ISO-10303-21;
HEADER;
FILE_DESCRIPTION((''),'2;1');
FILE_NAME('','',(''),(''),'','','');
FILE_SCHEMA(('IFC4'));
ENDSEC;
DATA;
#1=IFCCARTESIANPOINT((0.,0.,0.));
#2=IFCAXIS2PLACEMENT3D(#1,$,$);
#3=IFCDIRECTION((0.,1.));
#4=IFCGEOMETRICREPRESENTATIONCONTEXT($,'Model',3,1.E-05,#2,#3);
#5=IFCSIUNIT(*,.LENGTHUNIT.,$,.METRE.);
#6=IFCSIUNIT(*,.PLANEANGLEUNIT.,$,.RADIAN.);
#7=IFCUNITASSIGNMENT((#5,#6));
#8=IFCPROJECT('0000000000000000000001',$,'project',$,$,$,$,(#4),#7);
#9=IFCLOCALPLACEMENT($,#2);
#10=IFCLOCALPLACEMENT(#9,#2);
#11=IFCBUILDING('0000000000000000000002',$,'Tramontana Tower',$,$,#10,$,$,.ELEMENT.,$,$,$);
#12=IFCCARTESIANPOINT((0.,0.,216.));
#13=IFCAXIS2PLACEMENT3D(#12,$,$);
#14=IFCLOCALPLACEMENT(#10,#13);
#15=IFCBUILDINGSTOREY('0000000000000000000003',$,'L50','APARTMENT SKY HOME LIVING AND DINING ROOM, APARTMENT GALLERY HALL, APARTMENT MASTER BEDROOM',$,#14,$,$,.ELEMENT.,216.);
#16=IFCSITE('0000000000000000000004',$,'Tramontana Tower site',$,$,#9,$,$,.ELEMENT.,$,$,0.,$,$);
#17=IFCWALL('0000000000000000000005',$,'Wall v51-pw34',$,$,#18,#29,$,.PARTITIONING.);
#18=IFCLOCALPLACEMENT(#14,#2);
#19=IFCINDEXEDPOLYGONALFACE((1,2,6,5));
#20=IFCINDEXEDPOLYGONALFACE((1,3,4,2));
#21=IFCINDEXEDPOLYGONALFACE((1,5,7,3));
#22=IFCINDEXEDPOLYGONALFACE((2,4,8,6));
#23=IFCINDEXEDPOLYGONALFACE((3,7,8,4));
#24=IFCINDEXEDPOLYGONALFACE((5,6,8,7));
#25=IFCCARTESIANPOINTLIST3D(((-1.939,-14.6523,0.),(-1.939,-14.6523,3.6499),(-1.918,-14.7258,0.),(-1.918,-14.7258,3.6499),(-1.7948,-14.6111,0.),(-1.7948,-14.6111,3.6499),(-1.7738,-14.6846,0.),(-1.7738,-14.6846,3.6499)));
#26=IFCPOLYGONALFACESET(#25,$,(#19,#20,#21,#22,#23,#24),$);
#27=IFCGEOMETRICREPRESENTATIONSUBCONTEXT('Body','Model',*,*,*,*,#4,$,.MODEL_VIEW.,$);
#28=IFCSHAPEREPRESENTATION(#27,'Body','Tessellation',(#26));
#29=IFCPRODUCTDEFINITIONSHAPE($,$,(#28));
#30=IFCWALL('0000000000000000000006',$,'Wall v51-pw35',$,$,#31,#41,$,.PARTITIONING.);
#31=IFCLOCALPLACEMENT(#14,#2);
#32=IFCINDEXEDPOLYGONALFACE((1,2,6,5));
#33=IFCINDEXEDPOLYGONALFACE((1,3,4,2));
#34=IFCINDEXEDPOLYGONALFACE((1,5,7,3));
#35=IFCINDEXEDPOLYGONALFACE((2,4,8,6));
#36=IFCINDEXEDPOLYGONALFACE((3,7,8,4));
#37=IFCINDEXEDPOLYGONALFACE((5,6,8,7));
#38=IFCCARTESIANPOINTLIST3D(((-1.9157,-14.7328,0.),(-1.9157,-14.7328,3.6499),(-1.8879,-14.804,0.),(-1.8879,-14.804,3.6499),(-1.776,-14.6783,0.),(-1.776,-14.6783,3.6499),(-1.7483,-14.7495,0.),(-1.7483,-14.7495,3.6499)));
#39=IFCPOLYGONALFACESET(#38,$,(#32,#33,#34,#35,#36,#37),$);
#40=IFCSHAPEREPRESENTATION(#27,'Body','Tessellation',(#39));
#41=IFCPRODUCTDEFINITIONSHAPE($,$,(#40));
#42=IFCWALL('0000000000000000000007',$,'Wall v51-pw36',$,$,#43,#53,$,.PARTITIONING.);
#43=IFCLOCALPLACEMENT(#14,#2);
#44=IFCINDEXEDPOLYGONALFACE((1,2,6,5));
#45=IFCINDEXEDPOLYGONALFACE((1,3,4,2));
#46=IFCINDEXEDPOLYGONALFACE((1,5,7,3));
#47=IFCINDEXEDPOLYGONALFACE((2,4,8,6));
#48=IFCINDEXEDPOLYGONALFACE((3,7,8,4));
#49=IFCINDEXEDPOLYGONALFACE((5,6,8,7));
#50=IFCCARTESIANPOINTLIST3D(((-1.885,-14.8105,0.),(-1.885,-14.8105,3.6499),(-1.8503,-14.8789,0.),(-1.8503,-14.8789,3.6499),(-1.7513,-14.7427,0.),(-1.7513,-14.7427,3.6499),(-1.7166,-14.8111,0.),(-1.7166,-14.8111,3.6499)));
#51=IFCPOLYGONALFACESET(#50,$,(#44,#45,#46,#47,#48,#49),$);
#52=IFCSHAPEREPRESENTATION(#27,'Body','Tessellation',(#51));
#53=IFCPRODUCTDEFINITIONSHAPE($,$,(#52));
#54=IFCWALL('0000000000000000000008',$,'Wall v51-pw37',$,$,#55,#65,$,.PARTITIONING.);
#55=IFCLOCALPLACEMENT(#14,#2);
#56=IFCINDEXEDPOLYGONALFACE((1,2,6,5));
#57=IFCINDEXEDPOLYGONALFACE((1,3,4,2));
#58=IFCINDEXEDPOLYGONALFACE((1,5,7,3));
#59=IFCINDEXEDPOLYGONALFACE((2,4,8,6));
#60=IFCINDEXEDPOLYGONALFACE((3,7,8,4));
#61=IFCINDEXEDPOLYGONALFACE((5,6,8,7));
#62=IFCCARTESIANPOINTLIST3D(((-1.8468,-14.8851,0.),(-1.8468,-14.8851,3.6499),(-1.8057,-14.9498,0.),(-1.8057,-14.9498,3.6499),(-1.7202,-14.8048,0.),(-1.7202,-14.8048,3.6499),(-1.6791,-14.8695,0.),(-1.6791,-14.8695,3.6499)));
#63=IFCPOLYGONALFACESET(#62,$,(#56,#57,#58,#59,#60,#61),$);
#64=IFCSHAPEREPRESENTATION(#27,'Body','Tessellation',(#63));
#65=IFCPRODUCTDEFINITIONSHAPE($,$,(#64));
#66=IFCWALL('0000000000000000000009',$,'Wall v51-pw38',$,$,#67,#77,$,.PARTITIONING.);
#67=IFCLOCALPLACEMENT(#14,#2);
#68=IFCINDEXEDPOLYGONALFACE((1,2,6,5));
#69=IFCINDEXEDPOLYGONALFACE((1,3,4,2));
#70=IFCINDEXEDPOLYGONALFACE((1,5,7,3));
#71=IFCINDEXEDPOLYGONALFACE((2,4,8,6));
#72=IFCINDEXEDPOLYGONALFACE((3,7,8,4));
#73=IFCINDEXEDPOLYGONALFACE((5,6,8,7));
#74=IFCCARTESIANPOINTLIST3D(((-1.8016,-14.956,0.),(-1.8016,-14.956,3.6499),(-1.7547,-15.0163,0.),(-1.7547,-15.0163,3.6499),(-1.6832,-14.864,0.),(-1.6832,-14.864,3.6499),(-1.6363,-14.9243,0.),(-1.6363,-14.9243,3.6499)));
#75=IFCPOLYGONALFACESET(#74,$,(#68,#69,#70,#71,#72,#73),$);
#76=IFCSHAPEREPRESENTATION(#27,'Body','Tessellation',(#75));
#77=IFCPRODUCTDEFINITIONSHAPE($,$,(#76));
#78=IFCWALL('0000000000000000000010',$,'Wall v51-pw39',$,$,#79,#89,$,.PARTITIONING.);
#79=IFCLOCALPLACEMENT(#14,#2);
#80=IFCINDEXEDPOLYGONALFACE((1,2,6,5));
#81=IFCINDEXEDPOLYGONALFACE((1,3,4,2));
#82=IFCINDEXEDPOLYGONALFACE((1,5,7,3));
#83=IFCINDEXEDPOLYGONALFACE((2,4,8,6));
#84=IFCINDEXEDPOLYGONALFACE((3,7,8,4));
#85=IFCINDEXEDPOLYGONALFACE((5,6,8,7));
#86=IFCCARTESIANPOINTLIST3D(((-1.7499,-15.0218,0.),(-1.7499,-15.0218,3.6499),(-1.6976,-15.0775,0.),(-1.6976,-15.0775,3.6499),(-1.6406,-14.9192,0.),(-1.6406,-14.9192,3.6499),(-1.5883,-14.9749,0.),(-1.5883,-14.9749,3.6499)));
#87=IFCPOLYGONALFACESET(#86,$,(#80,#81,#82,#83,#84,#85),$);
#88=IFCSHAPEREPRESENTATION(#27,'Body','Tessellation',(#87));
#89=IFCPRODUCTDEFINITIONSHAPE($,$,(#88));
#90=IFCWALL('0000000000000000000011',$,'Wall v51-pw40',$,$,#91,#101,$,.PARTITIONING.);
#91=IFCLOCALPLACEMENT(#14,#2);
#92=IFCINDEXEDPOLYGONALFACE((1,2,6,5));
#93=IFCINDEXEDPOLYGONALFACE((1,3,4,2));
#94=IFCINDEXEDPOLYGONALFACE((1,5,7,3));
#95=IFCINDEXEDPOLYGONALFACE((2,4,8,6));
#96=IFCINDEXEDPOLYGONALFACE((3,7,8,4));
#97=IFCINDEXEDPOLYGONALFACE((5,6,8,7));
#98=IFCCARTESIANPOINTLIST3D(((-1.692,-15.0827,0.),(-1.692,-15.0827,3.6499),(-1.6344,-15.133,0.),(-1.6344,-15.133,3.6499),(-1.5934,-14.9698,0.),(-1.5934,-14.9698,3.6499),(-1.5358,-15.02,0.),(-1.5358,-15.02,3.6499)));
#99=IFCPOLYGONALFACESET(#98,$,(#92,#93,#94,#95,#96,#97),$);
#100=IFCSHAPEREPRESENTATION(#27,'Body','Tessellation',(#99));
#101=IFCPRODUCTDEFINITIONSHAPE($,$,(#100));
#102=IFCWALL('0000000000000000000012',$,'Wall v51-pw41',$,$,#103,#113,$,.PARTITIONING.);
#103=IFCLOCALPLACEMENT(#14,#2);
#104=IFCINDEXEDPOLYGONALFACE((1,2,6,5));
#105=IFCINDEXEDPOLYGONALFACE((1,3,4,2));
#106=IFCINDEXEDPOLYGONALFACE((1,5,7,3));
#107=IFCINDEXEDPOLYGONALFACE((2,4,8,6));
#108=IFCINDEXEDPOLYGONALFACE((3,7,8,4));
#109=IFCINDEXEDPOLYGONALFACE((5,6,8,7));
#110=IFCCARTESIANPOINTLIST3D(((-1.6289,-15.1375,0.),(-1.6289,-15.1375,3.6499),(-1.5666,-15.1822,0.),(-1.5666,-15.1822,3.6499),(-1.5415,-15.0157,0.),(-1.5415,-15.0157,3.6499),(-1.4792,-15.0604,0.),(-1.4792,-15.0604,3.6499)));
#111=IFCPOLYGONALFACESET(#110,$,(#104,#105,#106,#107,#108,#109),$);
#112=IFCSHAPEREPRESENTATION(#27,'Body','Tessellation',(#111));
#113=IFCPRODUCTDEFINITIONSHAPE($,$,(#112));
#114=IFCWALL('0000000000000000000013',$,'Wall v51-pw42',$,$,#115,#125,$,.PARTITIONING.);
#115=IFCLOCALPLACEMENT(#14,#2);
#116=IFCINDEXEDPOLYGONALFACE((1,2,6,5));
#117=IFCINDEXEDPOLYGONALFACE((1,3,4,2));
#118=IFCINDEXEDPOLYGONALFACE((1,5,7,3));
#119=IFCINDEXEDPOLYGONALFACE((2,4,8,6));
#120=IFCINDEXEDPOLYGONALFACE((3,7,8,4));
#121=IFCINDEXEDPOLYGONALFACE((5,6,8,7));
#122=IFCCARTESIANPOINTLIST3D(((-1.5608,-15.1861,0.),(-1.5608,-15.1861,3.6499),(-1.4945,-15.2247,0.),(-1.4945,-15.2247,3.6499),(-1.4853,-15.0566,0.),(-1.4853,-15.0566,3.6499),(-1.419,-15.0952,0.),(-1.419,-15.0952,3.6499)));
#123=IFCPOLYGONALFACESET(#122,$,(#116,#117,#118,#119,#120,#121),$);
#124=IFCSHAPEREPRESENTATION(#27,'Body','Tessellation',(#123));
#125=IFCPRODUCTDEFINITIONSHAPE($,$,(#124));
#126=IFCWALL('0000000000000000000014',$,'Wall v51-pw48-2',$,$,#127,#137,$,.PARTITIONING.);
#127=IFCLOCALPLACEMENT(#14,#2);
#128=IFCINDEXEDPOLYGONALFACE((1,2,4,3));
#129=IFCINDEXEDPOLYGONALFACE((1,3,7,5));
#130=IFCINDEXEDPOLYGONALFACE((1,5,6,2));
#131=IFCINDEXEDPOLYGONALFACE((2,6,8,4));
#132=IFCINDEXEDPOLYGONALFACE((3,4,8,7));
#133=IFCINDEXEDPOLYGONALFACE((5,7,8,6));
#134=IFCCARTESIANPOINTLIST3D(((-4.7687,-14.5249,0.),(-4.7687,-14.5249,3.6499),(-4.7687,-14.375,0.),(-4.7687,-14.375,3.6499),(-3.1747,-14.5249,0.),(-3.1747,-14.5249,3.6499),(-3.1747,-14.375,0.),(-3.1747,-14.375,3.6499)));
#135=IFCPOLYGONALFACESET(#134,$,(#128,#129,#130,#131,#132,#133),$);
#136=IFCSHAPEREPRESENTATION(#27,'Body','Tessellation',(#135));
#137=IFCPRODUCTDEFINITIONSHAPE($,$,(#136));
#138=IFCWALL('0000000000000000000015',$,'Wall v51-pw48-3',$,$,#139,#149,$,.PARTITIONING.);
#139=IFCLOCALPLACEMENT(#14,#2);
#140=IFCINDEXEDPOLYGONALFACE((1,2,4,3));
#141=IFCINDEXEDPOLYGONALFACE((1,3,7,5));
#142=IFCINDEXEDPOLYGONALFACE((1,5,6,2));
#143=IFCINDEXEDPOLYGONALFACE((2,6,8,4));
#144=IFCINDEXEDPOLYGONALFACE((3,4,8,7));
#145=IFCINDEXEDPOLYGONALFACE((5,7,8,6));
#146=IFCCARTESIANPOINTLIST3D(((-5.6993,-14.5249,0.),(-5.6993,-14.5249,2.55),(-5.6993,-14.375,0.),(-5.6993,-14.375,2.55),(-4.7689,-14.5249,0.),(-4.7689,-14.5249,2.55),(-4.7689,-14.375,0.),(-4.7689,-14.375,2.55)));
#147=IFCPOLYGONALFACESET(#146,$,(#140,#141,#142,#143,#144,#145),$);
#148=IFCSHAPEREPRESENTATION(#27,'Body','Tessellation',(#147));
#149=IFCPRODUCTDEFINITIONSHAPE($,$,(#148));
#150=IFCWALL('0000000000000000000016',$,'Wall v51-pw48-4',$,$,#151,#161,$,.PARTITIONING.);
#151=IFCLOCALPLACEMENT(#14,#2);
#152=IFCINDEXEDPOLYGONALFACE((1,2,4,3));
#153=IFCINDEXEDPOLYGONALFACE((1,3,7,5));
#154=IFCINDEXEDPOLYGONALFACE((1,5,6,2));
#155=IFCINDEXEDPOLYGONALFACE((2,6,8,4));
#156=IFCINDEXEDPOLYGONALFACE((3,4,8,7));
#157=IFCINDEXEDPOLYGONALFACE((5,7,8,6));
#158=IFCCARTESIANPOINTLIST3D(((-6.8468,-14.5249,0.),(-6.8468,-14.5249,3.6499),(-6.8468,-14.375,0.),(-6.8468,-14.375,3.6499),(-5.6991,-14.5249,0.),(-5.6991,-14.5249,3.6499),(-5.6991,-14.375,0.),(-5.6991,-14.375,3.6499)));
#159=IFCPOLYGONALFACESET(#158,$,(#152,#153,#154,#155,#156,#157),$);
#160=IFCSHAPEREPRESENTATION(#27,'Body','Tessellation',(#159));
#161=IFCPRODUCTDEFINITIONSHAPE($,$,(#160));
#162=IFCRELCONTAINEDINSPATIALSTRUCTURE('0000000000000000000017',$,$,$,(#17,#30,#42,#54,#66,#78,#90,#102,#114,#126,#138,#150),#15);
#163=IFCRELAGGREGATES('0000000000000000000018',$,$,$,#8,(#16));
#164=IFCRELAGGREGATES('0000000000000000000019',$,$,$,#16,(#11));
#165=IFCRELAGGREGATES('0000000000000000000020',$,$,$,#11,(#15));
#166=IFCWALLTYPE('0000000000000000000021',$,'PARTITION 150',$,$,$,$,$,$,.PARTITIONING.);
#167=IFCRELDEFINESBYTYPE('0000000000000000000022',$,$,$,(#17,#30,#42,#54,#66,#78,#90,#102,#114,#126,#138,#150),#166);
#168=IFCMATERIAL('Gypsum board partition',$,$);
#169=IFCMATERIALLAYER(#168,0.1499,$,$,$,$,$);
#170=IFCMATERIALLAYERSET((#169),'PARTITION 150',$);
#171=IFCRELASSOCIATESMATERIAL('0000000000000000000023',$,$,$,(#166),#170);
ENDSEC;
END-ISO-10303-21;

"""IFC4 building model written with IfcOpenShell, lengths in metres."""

from ifc_helpers import new_model, si_unit, direction, frame, frame_2d, origin, place, context, subcontext, project, spatial, rectangle, extrude, material, layer, layer_set, type_object, element, save


model = new_model("IFC4")

# Units and contexts
model_context = context("Model", 3, precision=1e-05, world=origin(), true_north=direction((0.0, 1.0)))
body_context = subcontext(model_context, "Body", "Model", "MODEL_VIEW")
ifc_project = project(units=[si_unit("LENGTHUNIT", "METRE"), si_unit("PLANEANGLEUNIT", "RADIAN")], contexts=[model_context])

# Site, building, storey
site_placement = place(None, origin())
site = spatial("IfcSite", under=ifc_project, at=site_placement, Name="Tramontana Tower site", CompositionType="ELEMENT", RefElevation=0.0)
building_placement = place(site_placement, origin())
building = spatial("IfcBuilding", under=site, at=building_placement, Name="Tramontana Tower", CompositionType="ELEMENT")
storey_placement = place(building_placement, frame((0.0, 0.0, 216.0)))
storey = spatial("IfcBuildingStorey", under=building, at=storey_placement, Name="L50", Description="APARTMENT SKY HOME LIVING AND DINING ROOM, APARTMENT GALLERY HALL, APARTMENT MASTER BEDROOM", CompositionType="ELEMENT", Elevation=216.0)

# Shared definitions
ifc_material_1 = material(Name="Gypsum board partition")
ifc_layer_1 = layer(ifc_material_1, 0.1499)
ifc_layer_set_1 = layer_set([ifc_layer_1], Name="PARTITION 150")
wall_type_1 = type_object("IfcWallType", Name="PARTITION 150", PredefinedType="PARTITIONING", material=ifc_layer_set_1)

# Walls
for number, where, z_axis, x_axis, name in (
    (1, (-1.8459, -14.7051, 0.0), (0.0, 0.0, 1.0), (-0.274721, 0.961524, 0.0), "Wall v51-pw34"),
    (2, (-1.8181, -14.7766, 0.0), (0.0, 0.0, 1.0), (-0.363678, 0.931525, 0.0), "Wall v51-pw35"),
):
    element("IfcWall", number, at=place(storey_placement, frame(where, z_axis=z_axis, x_axis=x_axis)), inside=storey, type_object=wall_type_1, Name=name, PredefinedType="PARTITIONING", context=body_context, shape_type="SweptSolid", body=[
        extrude(rectangle(XDim=0.0764, YDim=0.1499, at=frame_2d((0.0381, 0.0))), origin(), (0.0, 0.0, 1.0), 3.6499),
    ])
for number, where, z_axis, x_axis, name in (
    (3, (-1.7834, -14.845, 0.0), (0.0, 0.0, 1.0), (-0.452303, 0.891864, 0.0), "Wall v51-pw36"),
    (4, (-1.7424, -14.9097, 0.0), (0.0, 0.0, 1.0), (-0.535431, 0.844579, 0.0), "Wall v51-pw37"),
):
    element("IfcWall", number, at=place(storey_placement, frame(where, z_axis=z_axis, x_axis=x_axis)), inside=storey, type_object=wall_type_1, Name=name, PredefinedType="PARTITIONING", context=body_context, shape_type="SweptSolid", body=[
        extrude(rectangle(XDim=0.0767, YDim=0.1499, at=frame_2d((0.0383, 0.0))), origin(), (0.0, 0.0, 1.0), 3.6499),
    ])
for number, where, z_axis, x_axis, name in (
    (5, (-1.6956, -14.9702, 0.0), (0.0, 0.0, 1.0), (-0.613719, 0.789524, 0.0), "Wall v51-pw38"),
    (6, (-1.6431, -15.0261, 0.0), (0.0, 0.0, 1.0), (-0.684367, 0.729138, 0.0), "Wall v51-pw39"),
    (7, (-1.5852, -15.0764, 0.0), (0.0, 0.0, 1.0), (-0.753367, 0.6576, 0.0), "Wall v51-pw40"),
):
    element("IfcWall", number, at=place(storey_placement, frame(where, z_axis=z_axis, x_axis=x_axis)), inside=storey, type_object=wall_type_1, Name=name, PredefinedType="PARTITIONING", context=body_context, shape_type="SweptSolid", body=[
        extrude(rectangle(XDim=0.0764, YDim=0.1499, at=frame_2d((0.0381, 0.0))), origin(), (0.0, 0.0, 1.0), 3.6499),
    ])
for number, where, z_axis, x_axis, name in (
    (8, (-1.5229, -15.1213, 0.0), (0.0, 0.0, 1.0), (-0.81244, 0.583045, 0.0), "Wall v51-pw41"),
    (9, (-1.4568, -15.1599, 0.0), (0.0, 0.0, 1.0), (-0.863894, 0.503673, 0.0), "Wall v51-pw42"),
):
    element("IfcWall", number, at=place(storey_placement, frame(where, z_axis=z_axis, x_axis=x_axis)), inside=storey, type_object=wall_type_1, Name=name, PredefinedType="PARTITIONING", context=body_context, shape_type="SweptSolid", body=[
        extrude(rectangle(XDim=0.0767, YDim=0.1499, at=frame_2d((0.0383, 0.0))), origin(), (0.0, 0.0, 1.0), 3.6499),
    ])

# Walls
wall_1_placement = place(storey_placement, frame((-3.1748, -14.45, 0.0), z_axis=(0.0, 0.0, 1.0), x_axis=(-1.0, 0.0, 0.0)))
element("IfcWall", 10, at=wall_1_placement, inside=storey, type_object=wall_type_1, Name="Wall v51-pw48-2", PredefinedType="PARTITIONING", context=body_context, shape_type="SweptSolid", body=[
    extrude(rectangle(XDim=1.594, YDim=0.1499, at=frame_2d((0.7969, 0.0))), origin(), (0.0, 0.0, 1.0), 3.6499),
])
wall_2_placement = place(storey_placement, frame((-4.7688, -14.45, 0.0), z_axis=(0.0, 0.0, 1.0), x_axis=(-1.0, 0.0, 0.0)))
element("IfcWall", 11, at=wall_2_placement, inside=storey, type_object=wall_type_1, Name="Wall v51-pw48-3", PredefinedType="PARTITIONING", context=body_context, shape_type="SweptSolid", body=[
    extrude(rectangle(XDim=0.9304, YDim=0.1499, at=frame_2d((0.4653, 0.0))), origin(), (0.0, 0.0, 1.0), 2.55),
])
wall_3_placement = place(storey_placement, frame((-5.6992, -14.45, 0.0), z_axis=(0.0, 0.0, 1.0), x_axis=(-1.0, 0.0, 0.0)))
element("IfcWall", 12, at=wall_3_placement, inside=storey, type_object=wall_type_1, Name="Wall v51-pw48-4", PredefinedType="PARTITIONING", context=body_context, shape_type="SweptSolid", body=[
    extrude(rectangle(XDim=1.1477, YDim=0.1499, at=frame_2d((0.5737, 0.0))), origin(), (0.0, 0.0, 1.0), 3.6499),
])

save(model, "model.ifc")
